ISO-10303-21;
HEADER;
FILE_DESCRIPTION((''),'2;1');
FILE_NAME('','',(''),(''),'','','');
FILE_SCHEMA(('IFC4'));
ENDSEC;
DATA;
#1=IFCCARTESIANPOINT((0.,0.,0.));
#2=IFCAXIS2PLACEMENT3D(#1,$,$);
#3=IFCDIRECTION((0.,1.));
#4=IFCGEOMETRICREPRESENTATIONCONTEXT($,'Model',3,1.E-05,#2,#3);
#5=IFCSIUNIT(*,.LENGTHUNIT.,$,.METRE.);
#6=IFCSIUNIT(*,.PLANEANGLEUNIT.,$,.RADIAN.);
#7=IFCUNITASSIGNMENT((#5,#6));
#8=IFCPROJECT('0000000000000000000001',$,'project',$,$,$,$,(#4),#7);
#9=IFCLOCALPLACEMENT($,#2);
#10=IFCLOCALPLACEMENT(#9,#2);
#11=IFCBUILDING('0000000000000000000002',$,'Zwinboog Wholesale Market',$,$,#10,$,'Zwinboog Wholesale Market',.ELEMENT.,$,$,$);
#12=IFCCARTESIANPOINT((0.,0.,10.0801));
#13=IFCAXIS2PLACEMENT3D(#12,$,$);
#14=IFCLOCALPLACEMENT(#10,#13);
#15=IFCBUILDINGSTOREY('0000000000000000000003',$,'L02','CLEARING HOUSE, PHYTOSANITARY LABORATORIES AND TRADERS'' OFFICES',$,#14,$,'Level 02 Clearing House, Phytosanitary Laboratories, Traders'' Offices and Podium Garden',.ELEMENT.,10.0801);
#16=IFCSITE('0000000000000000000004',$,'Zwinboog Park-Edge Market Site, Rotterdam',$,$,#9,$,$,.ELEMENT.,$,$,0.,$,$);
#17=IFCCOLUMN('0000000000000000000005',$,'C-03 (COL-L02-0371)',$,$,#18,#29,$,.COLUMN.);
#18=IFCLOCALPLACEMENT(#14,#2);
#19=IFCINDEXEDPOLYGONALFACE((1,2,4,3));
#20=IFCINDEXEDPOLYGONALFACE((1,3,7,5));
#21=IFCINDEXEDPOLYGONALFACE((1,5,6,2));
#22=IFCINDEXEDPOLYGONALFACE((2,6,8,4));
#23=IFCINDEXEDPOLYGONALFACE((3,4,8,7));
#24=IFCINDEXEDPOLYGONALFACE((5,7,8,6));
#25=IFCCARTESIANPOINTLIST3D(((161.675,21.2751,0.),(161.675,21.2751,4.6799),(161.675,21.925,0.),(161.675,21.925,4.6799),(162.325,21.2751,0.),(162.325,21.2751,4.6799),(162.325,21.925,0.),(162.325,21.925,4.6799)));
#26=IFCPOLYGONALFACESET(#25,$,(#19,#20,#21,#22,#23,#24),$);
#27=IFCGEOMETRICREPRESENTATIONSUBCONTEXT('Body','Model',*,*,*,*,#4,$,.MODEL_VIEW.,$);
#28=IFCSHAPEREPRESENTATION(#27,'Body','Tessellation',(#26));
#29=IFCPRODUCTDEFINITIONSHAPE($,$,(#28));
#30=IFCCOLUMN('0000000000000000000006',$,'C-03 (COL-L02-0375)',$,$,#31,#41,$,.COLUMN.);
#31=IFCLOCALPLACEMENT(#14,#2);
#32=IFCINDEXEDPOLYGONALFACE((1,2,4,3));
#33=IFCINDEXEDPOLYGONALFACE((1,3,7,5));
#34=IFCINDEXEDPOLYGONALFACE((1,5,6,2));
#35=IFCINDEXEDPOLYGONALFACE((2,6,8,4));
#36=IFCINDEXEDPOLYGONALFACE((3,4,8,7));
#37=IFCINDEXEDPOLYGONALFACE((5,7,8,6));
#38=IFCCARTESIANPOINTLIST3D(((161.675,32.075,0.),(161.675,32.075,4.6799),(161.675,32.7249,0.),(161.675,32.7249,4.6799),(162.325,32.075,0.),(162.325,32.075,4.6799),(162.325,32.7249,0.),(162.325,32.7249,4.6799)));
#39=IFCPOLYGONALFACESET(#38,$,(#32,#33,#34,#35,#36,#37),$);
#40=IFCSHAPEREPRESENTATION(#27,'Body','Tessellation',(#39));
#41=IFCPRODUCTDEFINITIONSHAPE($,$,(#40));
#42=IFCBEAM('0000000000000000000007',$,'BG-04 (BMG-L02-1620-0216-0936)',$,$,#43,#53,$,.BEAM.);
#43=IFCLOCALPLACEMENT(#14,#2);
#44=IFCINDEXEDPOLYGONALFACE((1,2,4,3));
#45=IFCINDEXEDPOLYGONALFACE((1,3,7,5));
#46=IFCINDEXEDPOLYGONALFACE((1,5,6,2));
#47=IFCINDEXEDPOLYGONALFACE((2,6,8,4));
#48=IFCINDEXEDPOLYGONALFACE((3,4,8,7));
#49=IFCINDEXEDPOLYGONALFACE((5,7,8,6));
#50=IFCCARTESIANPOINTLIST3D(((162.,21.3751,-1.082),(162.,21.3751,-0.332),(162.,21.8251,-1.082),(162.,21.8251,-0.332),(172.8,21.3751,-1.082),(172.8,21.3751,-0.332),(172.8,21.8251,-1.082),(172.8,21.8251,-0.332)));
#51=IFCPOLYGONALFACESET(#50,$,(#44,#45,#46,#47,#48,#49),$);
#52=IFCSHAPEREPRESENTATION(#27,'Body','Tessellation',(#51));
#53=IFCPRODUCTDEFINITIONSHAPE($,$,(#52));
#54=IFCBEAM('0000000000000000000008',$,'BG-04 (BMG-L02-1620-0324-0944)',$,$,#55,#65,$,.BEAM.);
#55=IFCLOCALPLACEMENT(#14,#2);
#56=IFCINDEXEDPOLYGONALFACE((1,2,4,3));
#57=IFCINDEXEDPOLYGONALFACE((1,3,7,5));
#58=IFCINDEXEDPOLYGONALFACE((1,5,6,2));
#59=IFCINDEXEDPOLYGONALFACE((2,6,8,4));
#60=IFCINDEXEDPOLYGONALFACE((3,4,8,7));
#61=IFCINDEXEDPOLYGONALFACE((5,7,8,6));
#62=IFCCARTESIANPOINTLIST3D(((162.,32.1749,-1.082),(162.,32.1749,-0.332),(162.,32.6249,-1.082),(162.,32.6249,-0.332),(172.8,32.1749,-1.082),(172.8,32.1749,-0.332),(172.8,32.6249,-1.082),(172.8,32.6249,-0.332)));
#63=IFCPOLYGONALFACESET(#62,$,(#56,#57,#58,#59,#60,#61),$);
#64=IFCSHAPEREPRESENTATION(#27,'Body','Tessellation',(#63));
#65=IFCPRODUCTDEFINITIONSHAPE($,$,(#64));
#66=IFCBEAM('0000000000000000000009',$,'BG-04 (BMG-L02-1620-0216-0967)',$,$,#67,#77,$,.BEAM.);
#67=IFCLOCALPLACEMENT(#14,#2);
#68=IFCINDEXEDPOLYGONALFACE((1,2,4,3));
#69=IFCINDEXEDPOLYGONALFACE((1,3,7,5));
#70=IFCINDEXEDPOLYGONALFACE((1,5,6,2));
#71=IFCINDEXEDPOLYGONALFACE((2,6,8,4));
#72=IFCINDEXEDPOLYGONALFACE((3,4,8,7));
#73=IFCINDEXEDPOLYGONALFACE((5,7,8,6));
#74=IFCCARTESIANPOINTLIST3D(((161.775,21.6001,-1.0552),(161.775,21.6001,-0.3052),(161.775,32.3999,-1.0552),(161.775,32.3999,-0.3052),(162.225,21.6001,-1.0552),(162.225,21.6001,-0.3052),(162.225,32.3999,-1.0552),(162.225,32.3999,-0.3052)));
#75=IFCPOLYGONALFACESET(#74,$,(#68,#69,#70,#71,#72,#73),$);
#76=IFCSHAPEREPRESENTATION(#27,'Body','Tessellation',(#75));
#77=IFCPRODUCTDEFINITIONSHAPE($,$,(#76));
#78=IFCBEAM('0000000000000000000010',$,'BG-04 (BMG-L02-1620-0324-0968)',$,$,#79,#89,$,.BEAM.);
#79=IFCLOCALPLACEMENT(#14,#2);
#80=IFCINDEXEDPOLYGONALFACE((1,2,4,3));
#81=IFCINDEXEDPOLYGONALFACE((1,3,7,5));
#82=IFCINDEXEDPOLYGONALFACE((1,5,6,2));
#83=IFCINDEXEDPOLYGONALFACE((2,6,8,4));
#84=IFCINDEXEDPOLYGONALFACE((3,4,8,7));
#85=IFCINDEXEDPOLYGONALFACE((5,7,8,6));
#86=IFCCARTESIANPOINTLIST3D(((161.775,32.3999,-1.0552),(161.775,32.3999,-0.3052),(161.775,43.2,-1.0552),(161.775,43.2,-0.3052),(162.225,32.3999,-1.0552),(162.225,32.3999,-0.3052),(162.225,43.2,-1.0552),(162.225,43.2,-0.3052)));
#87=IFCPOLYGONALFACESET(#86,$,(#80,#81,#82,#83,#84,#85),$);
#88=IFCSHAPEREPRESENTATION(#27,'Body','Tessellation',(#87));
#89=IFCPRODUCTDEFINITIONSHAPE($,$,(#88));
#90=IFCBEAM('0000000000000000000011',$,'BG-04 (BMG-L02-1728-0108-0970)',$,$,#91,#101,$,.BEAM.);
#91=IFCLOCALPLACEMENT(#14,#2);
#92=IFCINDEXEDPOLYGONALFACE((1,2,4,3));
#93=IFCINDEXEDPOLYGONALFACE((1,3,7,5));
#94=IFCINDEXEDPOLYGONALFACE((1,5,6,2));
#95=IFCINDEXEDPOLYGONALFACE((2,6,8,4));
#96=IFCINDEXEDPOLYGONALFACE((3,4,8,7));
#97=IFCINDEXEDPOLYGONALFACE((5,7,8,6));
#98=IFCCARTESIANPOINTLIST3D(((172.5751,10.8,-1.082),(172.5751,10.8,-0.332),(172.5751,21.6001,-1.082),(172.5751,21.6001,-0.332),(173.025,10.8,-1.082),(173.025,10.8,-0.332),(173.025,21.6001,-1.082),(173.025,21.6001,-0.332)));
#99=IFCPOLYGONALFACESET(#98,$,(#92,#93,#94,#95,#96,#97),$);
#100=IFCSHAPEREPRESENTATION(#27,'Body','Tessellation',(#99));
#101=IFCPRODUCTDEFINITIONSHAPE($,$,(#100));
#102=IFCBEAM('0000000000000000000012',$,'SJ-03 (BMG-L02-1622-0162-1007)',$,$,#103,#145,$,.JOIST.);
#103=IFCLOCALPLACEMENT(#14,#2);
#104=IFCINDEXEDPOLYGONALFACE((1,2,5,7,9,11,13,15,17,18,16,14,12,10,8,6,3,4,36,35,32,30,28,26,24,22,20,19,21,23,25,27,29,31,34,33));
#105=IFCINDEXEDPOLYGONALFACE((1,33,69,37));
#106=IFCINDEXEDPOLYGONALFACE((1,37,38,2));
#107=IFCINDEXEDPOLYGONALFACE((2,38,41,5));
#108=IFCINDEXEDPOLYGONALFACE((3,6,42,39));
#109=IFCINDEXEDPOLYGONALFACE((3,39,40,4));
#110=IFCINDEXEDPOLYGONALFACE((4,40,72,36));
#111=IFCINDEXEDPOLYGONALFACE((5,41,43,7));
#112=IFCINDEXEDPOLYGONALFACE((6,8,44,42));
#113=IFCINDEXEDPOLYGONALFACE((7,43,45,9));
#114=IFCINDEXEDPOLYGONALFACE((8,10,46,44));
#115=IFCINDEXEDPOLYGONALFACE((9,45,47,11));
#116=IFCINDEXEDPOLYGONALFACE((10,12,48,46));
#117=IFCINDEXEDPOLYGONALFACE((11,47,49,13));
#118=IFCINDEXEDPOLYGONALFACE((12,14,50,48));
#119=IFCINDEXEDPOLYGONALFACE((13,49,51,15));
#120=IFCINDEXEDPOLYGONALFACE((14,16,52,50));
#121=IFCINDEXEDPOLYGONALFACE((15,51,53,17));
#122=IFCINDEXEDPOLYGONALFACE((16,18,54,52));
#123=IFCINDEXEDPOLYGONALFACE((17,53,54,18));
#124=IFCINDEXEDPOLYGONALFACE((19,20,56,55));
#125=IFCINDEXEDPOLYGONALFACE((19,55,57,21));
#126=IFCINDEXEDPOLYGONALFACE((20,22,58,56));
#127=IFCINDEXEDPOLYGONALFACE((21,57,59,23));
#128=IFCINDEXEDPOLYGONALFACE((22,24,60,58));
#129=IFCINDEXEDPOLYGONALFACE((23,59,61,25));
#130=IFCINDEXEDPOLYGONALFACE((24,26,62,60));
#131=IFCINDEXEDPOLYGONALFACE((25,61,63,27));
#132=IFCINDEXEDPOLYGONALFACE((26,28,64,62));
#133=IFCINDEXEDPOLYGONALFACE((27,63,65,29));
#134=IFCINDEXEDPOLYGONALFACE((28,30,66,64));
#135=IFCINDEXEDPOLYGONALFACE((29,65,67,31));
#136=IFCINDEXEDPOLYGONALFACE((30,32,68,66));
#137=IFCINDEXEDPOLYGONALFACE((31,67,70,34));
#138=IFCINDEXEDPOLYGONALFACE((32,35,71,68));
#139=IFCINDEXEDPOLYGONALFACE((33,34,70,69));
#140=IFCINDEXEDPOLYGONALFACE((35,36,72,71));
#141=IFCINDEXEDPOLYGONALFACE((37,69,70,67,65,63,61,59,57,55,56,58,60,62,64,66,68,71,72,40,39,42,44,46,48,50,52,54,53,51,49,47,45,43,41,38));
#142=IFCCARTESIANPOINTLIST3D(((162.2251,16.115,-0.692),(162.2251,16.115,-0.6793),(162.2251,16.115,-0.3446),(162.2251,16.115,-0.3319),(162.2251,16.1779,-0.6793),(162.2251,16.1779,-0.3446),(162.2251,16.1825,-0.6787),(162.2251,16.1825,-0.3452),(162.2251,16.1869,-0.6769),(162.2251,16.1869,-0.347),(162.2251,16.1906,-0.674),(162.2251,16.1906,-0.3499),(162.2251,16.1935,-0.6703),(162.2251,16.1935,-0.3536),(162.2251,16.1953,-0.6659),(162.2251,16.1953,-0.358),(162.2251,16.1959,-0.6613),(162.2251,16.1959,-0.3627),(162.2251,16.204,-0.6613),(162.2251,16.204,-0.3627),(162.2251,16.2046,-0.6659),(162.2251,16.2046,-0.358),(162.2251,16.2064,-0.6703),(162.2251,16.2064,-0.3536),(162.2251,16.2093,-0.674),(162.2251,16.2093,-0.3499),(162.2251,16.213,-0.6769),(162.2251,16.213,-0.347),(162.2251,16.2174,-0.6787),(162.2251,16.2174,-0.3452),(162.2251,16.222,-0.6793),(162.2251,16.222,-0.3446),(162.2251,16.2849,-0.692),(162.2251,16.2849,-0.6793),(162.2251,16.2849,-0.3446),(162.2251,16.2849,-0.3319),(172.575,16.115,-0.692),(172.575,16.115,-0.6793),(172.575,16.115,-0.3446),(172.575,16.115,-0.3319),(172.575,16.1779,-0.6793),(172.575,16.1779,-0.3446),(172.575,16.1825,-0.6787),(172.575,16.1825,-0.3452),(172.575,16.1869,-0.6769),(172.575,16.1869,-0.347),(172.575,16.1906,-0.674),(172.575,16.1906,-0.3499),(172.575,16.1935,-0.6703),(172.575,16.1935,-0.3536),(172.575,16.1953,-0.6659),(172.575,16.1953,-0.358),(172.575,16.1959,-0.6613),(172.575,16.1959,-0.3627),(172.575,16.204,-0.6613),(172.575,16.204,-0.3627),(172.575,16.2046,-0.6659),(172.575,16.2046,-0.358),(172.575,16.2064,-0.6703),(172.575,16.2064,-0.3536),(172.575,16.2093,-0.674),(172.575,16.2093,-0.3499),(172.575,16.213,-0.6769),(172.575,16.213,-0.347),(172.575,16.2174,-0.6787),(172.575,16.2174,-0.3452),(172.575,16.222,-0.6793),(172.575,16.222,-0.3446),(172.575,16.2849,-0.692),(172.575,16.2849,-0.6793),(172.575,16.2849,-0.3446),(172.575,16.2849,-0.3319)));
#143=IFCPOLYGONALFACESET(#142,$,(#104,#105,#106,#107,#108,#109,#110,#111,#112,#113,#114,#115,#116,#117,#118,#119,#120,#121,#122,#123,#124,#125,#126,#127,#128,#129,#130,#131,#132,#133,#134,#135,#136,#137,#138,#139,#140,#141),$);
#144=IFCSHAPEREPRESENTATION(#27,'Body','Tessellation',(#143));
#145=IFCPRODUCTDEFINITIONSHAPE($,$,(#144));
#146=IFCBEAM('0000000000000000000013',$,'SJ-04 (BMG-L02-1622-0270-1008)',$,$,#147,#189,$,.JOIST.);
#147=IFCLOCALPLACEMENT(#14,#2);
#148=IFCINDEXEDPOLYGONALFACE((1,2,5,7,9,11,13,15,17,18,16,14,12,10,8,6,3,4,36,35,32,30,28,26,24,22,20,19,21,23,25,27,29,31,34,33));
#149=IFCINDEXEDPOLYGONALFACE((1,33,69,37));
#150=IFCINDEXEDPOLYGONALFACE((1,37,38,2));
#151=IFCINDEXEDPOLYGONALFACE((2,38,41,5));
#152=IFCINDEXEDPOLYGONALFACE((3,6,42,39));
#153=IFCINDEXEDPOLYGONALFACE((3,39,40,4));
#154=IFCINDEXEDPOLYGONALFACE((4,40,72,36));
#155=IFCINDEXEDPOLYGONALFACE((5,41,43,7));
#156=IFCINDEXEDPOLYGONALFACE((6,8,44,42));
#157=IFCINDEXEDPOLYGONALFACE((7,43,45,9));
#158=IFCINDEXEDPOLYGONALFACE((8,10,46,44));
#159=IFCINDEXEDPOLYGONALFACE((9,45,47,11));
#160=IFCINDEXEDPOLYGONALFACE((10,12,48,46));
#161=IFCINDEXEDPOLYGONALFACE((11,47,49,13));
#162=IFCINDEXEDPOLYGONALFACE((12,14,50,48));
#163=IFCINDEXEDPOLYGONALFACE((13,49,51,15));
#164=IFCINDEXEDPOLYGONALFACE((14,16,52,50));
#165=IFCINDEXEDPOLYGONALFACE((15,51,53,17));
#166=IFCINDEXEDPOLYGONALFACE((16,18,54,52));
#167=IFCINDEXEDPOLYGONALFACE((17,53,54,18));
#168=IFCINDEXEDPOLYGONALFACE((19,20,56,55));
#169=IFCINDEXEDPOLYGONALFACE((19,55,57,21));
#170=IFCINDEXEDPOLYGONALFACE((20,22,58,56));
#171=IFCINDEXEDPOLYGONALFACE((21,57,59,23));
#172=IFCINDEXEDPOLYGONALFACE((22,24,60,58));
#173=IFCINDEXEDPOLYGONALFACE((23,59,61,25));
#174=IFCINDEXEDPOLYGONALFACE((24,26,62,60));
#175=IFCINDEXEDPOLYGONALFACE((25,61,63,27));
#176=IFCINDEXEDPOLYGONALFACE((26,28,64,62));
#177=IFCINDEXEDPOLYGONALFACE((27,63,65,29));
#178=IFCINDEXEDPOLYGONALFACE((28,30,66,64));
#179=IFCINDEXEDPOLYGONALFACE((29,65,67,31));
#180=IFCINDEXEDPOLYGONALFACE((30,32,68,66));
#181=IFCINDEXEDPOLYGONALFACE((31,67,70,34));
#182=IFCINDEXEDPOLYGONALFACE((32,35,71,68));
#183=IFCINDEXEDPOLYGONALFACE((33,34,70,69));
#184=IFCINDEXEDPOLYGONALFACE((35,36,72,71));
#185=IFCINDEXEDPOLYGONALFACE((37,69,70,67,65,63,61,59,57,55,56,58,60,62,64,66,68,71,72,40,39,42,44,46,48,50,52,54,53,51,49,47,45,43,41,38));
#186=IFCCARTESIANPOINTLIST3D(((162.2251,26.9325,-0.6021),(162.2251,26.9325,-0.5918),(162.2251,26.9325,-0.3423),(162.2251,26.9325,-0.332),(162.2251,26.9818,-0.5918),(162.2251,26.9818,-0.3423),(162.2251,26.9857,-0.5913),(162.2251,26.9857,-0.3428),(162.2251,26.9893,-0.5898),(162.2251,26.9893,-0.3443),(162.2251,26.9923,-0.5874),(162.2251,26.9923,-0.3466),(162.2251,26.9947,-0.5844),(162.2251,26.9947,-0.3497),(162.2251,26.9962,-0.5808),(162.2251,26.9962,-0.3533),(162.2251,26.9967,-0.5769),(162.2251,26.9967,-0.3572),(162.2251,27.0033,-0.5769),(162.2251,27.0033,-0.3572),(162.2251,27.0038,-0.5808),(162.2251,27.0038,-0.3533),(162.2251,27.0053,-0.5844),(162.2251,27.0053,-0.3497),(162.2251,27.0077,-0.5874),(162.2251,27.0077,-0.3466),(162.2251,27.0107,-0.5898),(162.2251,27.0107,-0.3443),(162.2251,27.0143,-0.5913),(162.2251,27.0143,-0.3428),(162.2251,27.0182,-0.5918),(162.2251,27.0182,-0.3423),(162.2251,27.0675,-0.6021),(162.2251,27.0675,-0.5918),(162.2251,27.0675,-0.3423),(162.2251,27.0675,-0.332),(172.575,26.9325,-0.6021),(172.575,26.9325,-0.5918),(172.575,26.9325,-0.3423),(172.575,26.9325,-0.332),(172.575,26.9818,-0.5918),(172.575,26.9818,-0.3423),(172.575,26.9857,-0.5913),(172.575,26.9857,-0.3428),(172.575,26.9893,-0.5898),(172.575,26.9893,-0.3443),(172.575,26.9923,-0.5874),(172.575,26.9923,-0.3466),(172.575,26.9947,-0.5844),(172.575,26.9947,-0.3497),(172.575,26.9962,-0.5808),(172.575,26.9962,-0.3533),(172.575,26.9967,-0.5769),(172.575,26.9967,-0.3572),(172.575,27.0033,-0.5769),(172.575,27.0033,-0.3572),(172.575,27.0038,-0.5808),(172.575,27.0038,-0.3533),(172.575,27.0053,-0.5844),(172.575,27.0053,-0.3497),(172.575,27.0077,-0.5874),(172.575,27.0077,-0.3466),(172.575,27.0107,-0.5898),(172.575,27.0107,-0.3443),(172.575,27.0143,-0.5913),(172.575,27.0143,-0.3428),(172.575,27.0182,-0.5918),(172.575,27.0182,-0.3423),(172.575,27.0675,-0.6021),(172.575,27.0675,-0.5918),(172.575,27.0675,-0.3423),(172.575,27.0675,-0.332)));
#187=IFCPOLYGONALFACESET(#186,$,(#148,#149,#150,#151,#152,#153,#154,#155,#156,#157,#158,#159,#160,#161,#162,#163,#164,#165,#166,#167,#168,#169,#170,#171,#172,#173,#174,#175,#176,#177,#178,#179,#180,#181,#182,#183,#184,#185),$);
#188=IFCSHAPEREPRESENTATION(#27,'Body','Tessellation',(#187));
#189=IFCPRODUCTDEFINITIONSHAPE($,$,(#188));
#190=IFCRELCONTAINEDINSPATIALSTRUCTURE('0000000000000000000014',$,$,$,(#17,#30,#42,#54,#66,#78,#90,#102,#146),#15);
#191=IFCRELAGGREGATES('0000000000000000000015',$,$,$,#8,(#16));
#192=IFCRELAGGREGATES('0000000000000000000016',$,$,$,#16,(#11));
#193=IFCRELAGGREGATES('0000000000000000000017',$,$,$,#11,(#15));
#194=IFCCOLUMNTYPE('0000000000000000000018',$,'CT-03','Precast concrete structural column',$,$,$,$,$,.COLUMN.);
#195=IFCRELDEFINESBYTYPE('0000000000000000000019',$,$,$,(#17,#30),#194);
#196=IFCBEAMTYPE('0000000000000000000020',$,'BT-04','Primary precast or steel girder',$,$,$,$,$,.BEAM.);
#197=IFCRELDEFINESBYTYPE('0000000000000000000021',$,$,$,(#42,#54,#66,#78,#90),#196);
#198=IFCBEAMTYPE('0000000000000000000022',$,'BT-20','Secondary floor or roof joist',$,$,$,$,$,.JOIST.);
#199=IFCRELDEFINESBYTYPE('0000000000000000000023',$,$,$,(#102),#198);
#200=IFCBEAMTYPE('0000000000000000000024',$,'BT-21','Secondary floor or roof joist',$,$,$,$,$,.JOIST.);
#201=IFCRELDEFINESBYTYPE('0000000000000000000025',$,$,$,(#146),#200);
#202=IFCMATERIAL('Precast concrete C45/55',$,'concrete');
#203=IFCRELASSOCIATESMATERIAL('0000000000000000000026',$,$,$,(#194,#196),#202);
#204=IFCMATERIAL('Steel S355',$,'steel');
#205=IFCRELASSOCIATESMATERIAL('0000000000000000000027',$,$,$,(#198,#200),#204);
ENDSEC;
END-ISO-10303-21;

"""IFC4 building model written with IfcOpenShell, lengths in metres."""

from ifc_helpers import new_model, si_unit, direction, frame, origin, origin_2d, place, context, subcontext, project, spatial, rectangle, i_section, extrude, material, material_profile, profile_set, type_object, element, save


model = new_model("IFC4")

# Units and contexts
model_context = context("Model", 3, precision=1e-05, world=origin(), true_north=direction((0.0, 1.0)))
body_context = subcontext(model_context, "Body", "Model", "MODEL_VIEW")
ifc_project = project(units=[si_unit("LENGTHUNIT", "METRE"), si_unit("PLANEANGLEUNIT", "RADIAN")], contexts=[model_context])

# Site, building, storey
site_placement = place(None, origin())
site = spatial("IfcSite", under=ifc_project, at=site_placement, Name="Zwinboog Park-Edge Market Site, Rotterdam", CompositionType="ELEMENT", RefElevation=0.0)
building_placement = place(site_placement, origin())
building = spatial("IfcBuilding", under=site, at=building_placement, Name="Zwinboog Wholesale Market", LongName="Zwinboog Wholesale Market", CompositionType="ELEMENT")
storey_placement = place(building_placement, frame((0.0, 0.0, 10.0801)))
storey = spatial("IfcBuildingStorey", under=building, at=storey_placement, Name="L02", Description="CLEARING HOUSE, PHYTOSANITARY LABORATORIES AND TRADERS' OFFICES", LongName="Level 02 Clearing House, Phytosanitary Laboratories, Traders' Offices and Podium Garden", CompositionType="ELEMENT", Elevation=10.0801)

# Columns
ifc_material_1 = material(Name="Precast concrete C45/55", Category="concrete")
ifc_material_profile_1 = material_profile(ifc_material_1, rectangle(XDim=0.6499, YDim=0.6499, at=origin_2d()), Name="PC 650x650")
ifc_profile_set_1 = profile_set([ifc_material_profile_1], Name="Precast concrete C45/55")
column_type = type_object("IfcColumnType", Name="CT-03", Description="Precast concrete structural column", PredefinedType="COLUMN", material=ifc_profile_set_1)
for number, where, z_axis, x_axis, name in (
    (1, (162.0, 21.6001, 0.0), (0.0, 0.0, 1.0), (1.0, 0.0, 0.0), "C-03 (COL-L02-0371)"),
    (2, (162.0, 32.3999, 0.0), (0.0, 0.0, 1.0), (1.0, 0.0, 0.0), "C-03 (COL-L02-0375)"),
):
    element("IfcColumn", number, at=place(storey_placement, frame(where, z_axis=z_axis, x_axis=x_axis)), inside=storey, type_object=column_type, Name=name, PredefinedType="COLUMN", context=body_context, shape_type="SweptSolid", body=[
        extrude(rectangle(XDim=0.6499, YDim=0.6499, at=origin_2d()), origin(), (0.0, 0.0, 1.0), 4.6799),
    ])

# Beams
ifc_material_profile_2 = material_profile(ifc_material_1, rectangle(XDim=0.45, YDim=0.75, at=origin_2d()), Name="PC 450x750")
ifc_profile_set_2 = profile_set([ifc_material_profile_2], Name="Precast concrete C45/55")
beam_type_1 = type_object("IfcBeamType", Name="BT-04", Description="Primary precast or steel girder", PredefinedType="BEAM", material=ifc_profile_set_2)
for number, where, z_axis, x_axis, name in (
    (3, (162.0, 21.6001, -0.707), (1.0, 0.0, 0.0), (0.0, 1.0, 0.0), "BG-04 (BMG-L02-1620-0216-0936)"),
    (4, (162.0, 32.3999, -0.707), (1.0, 0.0, 0.0), (0.0, 1.0, 0.0), "BG-04 (BMG-L02-1620-0324-0944)"),
):
    element("IfcBeam", number, at=place(storey_placement, frame(where, z_axis=z_axis, x_axis=x_axis)), inside=storey, type_object=beam_type_1, Name=name, PredefinedType="BEAM", context=body_context, shape_type="SweptSolid", body=[
        extrude(rectangle(XDim=0.45, YDim=0.75, at=origin_2d()), origin(), (0.0, 0.0, 1.0), 10.8),
    ])
beam_1_placement = place(storey_placement, frame((162.0, 21.6001, -0.6802), z_axis=(0.0, 1.0, 0.0), x_axis=(-1.0, 0.0, 0.0)))
element("IfcBeam", 5, at=beam_1_placement, inside=storey, type_object=beam_type_1, Name="BG-04 (BMG-L02-1620-0216-0967)", PredefinedType="BEAM", context=body_context, shape_type="SweptSolid", body=[
    extrude(rectangle(XDim=0.45, YDim=0.75, at=origin_2d()), origin(), (0.0, 0.0, 1.0), 10.7998),
])
for number, where, z_axis, x_axis, name in (
    (6, (162.0, 32.3999, -0.6802), (0.0, 1.0, 0.0), (-1.0, 0.0, 0.0), "BG-04 (BMG-L02-1620-0324-0968)"),
    (7, (172.8, 10.8, -0.707), (0.0, 1.0, 0.0), (-1.0, 0.0, 0.0), "BG-04 (BMG-L02-1728-0108-0970)"),
):
    element("IfcBeam", number, at=place(storey_placement, frame(where, z_axis=z_axis, x_axis=x_axis)), inside=storey, type_object=beam_type_1, Name=name, PredefinedType="BEAM", context=body_context, shape_type="SweptSolid", body=[
        extrude(rectangle(XDim=0.45, YDim=0.75, at=origin_2d()), origin(), (0.0, 0.0, 1.0), 10.8),
    ])
ifc_material_2 = material(Name="Steel S355", Category="steel")
ifc_material_profile_3 = material_profile(ifc_material_2, i_section(OverallWidth=0.1699, OverallDepth=0.3601, WebThickness=0.0081, FlangeThickness=0.0127, FilletRadius=0.0181, at=origin_2d()), Name="IPE 360")
ifc_profile_set_3 = profile_set([ifc_material_profile_3], Name="Steel S355")
beam_type_2 = type_object("IfcBeamType", Name="BT-20", Description="Secondary floor or roof joist", PredefinedType="JOIST", material=ifc_profile_set_3)
beam_2_placement = place(storey_placement, frame((162.2251, 16.2, -0.512), z_axis=(1.0, 0.0, 0.0), x_axis=(0.0, 1.0, 0.0)))
element("IfcBeam", 8, at=beam_2_placement, inside=storey, type_object=beam_type_2, Name="SJ-03 (BMG-L02-1622-0162-1007)", PredefinedType="JOIST", context=body_context, shape_type="SweptSolid", body=[
    extrude(i_section(OverallWidth=0.1699, OverallDepth=0.3601, WebThickness=0.0081, FlangeThickness=0.0127, FilletRadius=0.0181, at=origin_2d()), origin(), (0.0, 0.0, 1.0), 10.3499),
])
ifc_material_profile_4 = material_profile(ifc_material_2, i_section(OverallWidth=0.135, OverallDepth=0.27, WebThickness=0.0066, FlangeThickness=0.0103, FilletRadius=0.0149, at=origin_2d()), Name="IPE 270")
ifc_profile_set_4 = profile_set([ifc_material_profile_4], Name="Steel S355")
beam_type_3 = type_object("IfcBeamType", Name="BT-21", Description="Secondary floor or roof joist", PredefinedType="JOIST", material=ifc_profile_set_4)
beam_3_placement = place(storey_placement, frame((162.2251, 27.0, -0.467), z_axis=(1.0, 0.0, 0.0), x_axis=(0.0, 1.0, 0.0)))
element("IfcBeam", 9, at=beam_3_placement, inside=storey, type_object=beam_type_3, Name="SJ-04 (BMG-L02-1622-0270-1008)", PredefinedType="JOIST", context=body_context, shape_type="SweptSolid", body=[
    extrude(i_section(OverallWidth=0.135, OverallDepth=0.27, WebThickness=0.0066, FlangeThickness=0.0103, FilletRadius=0.0149, at=origin_2d()), origin(), (0.0, 0.0, 1.0), 10.3499),
])

save(model, "model.ifc")
